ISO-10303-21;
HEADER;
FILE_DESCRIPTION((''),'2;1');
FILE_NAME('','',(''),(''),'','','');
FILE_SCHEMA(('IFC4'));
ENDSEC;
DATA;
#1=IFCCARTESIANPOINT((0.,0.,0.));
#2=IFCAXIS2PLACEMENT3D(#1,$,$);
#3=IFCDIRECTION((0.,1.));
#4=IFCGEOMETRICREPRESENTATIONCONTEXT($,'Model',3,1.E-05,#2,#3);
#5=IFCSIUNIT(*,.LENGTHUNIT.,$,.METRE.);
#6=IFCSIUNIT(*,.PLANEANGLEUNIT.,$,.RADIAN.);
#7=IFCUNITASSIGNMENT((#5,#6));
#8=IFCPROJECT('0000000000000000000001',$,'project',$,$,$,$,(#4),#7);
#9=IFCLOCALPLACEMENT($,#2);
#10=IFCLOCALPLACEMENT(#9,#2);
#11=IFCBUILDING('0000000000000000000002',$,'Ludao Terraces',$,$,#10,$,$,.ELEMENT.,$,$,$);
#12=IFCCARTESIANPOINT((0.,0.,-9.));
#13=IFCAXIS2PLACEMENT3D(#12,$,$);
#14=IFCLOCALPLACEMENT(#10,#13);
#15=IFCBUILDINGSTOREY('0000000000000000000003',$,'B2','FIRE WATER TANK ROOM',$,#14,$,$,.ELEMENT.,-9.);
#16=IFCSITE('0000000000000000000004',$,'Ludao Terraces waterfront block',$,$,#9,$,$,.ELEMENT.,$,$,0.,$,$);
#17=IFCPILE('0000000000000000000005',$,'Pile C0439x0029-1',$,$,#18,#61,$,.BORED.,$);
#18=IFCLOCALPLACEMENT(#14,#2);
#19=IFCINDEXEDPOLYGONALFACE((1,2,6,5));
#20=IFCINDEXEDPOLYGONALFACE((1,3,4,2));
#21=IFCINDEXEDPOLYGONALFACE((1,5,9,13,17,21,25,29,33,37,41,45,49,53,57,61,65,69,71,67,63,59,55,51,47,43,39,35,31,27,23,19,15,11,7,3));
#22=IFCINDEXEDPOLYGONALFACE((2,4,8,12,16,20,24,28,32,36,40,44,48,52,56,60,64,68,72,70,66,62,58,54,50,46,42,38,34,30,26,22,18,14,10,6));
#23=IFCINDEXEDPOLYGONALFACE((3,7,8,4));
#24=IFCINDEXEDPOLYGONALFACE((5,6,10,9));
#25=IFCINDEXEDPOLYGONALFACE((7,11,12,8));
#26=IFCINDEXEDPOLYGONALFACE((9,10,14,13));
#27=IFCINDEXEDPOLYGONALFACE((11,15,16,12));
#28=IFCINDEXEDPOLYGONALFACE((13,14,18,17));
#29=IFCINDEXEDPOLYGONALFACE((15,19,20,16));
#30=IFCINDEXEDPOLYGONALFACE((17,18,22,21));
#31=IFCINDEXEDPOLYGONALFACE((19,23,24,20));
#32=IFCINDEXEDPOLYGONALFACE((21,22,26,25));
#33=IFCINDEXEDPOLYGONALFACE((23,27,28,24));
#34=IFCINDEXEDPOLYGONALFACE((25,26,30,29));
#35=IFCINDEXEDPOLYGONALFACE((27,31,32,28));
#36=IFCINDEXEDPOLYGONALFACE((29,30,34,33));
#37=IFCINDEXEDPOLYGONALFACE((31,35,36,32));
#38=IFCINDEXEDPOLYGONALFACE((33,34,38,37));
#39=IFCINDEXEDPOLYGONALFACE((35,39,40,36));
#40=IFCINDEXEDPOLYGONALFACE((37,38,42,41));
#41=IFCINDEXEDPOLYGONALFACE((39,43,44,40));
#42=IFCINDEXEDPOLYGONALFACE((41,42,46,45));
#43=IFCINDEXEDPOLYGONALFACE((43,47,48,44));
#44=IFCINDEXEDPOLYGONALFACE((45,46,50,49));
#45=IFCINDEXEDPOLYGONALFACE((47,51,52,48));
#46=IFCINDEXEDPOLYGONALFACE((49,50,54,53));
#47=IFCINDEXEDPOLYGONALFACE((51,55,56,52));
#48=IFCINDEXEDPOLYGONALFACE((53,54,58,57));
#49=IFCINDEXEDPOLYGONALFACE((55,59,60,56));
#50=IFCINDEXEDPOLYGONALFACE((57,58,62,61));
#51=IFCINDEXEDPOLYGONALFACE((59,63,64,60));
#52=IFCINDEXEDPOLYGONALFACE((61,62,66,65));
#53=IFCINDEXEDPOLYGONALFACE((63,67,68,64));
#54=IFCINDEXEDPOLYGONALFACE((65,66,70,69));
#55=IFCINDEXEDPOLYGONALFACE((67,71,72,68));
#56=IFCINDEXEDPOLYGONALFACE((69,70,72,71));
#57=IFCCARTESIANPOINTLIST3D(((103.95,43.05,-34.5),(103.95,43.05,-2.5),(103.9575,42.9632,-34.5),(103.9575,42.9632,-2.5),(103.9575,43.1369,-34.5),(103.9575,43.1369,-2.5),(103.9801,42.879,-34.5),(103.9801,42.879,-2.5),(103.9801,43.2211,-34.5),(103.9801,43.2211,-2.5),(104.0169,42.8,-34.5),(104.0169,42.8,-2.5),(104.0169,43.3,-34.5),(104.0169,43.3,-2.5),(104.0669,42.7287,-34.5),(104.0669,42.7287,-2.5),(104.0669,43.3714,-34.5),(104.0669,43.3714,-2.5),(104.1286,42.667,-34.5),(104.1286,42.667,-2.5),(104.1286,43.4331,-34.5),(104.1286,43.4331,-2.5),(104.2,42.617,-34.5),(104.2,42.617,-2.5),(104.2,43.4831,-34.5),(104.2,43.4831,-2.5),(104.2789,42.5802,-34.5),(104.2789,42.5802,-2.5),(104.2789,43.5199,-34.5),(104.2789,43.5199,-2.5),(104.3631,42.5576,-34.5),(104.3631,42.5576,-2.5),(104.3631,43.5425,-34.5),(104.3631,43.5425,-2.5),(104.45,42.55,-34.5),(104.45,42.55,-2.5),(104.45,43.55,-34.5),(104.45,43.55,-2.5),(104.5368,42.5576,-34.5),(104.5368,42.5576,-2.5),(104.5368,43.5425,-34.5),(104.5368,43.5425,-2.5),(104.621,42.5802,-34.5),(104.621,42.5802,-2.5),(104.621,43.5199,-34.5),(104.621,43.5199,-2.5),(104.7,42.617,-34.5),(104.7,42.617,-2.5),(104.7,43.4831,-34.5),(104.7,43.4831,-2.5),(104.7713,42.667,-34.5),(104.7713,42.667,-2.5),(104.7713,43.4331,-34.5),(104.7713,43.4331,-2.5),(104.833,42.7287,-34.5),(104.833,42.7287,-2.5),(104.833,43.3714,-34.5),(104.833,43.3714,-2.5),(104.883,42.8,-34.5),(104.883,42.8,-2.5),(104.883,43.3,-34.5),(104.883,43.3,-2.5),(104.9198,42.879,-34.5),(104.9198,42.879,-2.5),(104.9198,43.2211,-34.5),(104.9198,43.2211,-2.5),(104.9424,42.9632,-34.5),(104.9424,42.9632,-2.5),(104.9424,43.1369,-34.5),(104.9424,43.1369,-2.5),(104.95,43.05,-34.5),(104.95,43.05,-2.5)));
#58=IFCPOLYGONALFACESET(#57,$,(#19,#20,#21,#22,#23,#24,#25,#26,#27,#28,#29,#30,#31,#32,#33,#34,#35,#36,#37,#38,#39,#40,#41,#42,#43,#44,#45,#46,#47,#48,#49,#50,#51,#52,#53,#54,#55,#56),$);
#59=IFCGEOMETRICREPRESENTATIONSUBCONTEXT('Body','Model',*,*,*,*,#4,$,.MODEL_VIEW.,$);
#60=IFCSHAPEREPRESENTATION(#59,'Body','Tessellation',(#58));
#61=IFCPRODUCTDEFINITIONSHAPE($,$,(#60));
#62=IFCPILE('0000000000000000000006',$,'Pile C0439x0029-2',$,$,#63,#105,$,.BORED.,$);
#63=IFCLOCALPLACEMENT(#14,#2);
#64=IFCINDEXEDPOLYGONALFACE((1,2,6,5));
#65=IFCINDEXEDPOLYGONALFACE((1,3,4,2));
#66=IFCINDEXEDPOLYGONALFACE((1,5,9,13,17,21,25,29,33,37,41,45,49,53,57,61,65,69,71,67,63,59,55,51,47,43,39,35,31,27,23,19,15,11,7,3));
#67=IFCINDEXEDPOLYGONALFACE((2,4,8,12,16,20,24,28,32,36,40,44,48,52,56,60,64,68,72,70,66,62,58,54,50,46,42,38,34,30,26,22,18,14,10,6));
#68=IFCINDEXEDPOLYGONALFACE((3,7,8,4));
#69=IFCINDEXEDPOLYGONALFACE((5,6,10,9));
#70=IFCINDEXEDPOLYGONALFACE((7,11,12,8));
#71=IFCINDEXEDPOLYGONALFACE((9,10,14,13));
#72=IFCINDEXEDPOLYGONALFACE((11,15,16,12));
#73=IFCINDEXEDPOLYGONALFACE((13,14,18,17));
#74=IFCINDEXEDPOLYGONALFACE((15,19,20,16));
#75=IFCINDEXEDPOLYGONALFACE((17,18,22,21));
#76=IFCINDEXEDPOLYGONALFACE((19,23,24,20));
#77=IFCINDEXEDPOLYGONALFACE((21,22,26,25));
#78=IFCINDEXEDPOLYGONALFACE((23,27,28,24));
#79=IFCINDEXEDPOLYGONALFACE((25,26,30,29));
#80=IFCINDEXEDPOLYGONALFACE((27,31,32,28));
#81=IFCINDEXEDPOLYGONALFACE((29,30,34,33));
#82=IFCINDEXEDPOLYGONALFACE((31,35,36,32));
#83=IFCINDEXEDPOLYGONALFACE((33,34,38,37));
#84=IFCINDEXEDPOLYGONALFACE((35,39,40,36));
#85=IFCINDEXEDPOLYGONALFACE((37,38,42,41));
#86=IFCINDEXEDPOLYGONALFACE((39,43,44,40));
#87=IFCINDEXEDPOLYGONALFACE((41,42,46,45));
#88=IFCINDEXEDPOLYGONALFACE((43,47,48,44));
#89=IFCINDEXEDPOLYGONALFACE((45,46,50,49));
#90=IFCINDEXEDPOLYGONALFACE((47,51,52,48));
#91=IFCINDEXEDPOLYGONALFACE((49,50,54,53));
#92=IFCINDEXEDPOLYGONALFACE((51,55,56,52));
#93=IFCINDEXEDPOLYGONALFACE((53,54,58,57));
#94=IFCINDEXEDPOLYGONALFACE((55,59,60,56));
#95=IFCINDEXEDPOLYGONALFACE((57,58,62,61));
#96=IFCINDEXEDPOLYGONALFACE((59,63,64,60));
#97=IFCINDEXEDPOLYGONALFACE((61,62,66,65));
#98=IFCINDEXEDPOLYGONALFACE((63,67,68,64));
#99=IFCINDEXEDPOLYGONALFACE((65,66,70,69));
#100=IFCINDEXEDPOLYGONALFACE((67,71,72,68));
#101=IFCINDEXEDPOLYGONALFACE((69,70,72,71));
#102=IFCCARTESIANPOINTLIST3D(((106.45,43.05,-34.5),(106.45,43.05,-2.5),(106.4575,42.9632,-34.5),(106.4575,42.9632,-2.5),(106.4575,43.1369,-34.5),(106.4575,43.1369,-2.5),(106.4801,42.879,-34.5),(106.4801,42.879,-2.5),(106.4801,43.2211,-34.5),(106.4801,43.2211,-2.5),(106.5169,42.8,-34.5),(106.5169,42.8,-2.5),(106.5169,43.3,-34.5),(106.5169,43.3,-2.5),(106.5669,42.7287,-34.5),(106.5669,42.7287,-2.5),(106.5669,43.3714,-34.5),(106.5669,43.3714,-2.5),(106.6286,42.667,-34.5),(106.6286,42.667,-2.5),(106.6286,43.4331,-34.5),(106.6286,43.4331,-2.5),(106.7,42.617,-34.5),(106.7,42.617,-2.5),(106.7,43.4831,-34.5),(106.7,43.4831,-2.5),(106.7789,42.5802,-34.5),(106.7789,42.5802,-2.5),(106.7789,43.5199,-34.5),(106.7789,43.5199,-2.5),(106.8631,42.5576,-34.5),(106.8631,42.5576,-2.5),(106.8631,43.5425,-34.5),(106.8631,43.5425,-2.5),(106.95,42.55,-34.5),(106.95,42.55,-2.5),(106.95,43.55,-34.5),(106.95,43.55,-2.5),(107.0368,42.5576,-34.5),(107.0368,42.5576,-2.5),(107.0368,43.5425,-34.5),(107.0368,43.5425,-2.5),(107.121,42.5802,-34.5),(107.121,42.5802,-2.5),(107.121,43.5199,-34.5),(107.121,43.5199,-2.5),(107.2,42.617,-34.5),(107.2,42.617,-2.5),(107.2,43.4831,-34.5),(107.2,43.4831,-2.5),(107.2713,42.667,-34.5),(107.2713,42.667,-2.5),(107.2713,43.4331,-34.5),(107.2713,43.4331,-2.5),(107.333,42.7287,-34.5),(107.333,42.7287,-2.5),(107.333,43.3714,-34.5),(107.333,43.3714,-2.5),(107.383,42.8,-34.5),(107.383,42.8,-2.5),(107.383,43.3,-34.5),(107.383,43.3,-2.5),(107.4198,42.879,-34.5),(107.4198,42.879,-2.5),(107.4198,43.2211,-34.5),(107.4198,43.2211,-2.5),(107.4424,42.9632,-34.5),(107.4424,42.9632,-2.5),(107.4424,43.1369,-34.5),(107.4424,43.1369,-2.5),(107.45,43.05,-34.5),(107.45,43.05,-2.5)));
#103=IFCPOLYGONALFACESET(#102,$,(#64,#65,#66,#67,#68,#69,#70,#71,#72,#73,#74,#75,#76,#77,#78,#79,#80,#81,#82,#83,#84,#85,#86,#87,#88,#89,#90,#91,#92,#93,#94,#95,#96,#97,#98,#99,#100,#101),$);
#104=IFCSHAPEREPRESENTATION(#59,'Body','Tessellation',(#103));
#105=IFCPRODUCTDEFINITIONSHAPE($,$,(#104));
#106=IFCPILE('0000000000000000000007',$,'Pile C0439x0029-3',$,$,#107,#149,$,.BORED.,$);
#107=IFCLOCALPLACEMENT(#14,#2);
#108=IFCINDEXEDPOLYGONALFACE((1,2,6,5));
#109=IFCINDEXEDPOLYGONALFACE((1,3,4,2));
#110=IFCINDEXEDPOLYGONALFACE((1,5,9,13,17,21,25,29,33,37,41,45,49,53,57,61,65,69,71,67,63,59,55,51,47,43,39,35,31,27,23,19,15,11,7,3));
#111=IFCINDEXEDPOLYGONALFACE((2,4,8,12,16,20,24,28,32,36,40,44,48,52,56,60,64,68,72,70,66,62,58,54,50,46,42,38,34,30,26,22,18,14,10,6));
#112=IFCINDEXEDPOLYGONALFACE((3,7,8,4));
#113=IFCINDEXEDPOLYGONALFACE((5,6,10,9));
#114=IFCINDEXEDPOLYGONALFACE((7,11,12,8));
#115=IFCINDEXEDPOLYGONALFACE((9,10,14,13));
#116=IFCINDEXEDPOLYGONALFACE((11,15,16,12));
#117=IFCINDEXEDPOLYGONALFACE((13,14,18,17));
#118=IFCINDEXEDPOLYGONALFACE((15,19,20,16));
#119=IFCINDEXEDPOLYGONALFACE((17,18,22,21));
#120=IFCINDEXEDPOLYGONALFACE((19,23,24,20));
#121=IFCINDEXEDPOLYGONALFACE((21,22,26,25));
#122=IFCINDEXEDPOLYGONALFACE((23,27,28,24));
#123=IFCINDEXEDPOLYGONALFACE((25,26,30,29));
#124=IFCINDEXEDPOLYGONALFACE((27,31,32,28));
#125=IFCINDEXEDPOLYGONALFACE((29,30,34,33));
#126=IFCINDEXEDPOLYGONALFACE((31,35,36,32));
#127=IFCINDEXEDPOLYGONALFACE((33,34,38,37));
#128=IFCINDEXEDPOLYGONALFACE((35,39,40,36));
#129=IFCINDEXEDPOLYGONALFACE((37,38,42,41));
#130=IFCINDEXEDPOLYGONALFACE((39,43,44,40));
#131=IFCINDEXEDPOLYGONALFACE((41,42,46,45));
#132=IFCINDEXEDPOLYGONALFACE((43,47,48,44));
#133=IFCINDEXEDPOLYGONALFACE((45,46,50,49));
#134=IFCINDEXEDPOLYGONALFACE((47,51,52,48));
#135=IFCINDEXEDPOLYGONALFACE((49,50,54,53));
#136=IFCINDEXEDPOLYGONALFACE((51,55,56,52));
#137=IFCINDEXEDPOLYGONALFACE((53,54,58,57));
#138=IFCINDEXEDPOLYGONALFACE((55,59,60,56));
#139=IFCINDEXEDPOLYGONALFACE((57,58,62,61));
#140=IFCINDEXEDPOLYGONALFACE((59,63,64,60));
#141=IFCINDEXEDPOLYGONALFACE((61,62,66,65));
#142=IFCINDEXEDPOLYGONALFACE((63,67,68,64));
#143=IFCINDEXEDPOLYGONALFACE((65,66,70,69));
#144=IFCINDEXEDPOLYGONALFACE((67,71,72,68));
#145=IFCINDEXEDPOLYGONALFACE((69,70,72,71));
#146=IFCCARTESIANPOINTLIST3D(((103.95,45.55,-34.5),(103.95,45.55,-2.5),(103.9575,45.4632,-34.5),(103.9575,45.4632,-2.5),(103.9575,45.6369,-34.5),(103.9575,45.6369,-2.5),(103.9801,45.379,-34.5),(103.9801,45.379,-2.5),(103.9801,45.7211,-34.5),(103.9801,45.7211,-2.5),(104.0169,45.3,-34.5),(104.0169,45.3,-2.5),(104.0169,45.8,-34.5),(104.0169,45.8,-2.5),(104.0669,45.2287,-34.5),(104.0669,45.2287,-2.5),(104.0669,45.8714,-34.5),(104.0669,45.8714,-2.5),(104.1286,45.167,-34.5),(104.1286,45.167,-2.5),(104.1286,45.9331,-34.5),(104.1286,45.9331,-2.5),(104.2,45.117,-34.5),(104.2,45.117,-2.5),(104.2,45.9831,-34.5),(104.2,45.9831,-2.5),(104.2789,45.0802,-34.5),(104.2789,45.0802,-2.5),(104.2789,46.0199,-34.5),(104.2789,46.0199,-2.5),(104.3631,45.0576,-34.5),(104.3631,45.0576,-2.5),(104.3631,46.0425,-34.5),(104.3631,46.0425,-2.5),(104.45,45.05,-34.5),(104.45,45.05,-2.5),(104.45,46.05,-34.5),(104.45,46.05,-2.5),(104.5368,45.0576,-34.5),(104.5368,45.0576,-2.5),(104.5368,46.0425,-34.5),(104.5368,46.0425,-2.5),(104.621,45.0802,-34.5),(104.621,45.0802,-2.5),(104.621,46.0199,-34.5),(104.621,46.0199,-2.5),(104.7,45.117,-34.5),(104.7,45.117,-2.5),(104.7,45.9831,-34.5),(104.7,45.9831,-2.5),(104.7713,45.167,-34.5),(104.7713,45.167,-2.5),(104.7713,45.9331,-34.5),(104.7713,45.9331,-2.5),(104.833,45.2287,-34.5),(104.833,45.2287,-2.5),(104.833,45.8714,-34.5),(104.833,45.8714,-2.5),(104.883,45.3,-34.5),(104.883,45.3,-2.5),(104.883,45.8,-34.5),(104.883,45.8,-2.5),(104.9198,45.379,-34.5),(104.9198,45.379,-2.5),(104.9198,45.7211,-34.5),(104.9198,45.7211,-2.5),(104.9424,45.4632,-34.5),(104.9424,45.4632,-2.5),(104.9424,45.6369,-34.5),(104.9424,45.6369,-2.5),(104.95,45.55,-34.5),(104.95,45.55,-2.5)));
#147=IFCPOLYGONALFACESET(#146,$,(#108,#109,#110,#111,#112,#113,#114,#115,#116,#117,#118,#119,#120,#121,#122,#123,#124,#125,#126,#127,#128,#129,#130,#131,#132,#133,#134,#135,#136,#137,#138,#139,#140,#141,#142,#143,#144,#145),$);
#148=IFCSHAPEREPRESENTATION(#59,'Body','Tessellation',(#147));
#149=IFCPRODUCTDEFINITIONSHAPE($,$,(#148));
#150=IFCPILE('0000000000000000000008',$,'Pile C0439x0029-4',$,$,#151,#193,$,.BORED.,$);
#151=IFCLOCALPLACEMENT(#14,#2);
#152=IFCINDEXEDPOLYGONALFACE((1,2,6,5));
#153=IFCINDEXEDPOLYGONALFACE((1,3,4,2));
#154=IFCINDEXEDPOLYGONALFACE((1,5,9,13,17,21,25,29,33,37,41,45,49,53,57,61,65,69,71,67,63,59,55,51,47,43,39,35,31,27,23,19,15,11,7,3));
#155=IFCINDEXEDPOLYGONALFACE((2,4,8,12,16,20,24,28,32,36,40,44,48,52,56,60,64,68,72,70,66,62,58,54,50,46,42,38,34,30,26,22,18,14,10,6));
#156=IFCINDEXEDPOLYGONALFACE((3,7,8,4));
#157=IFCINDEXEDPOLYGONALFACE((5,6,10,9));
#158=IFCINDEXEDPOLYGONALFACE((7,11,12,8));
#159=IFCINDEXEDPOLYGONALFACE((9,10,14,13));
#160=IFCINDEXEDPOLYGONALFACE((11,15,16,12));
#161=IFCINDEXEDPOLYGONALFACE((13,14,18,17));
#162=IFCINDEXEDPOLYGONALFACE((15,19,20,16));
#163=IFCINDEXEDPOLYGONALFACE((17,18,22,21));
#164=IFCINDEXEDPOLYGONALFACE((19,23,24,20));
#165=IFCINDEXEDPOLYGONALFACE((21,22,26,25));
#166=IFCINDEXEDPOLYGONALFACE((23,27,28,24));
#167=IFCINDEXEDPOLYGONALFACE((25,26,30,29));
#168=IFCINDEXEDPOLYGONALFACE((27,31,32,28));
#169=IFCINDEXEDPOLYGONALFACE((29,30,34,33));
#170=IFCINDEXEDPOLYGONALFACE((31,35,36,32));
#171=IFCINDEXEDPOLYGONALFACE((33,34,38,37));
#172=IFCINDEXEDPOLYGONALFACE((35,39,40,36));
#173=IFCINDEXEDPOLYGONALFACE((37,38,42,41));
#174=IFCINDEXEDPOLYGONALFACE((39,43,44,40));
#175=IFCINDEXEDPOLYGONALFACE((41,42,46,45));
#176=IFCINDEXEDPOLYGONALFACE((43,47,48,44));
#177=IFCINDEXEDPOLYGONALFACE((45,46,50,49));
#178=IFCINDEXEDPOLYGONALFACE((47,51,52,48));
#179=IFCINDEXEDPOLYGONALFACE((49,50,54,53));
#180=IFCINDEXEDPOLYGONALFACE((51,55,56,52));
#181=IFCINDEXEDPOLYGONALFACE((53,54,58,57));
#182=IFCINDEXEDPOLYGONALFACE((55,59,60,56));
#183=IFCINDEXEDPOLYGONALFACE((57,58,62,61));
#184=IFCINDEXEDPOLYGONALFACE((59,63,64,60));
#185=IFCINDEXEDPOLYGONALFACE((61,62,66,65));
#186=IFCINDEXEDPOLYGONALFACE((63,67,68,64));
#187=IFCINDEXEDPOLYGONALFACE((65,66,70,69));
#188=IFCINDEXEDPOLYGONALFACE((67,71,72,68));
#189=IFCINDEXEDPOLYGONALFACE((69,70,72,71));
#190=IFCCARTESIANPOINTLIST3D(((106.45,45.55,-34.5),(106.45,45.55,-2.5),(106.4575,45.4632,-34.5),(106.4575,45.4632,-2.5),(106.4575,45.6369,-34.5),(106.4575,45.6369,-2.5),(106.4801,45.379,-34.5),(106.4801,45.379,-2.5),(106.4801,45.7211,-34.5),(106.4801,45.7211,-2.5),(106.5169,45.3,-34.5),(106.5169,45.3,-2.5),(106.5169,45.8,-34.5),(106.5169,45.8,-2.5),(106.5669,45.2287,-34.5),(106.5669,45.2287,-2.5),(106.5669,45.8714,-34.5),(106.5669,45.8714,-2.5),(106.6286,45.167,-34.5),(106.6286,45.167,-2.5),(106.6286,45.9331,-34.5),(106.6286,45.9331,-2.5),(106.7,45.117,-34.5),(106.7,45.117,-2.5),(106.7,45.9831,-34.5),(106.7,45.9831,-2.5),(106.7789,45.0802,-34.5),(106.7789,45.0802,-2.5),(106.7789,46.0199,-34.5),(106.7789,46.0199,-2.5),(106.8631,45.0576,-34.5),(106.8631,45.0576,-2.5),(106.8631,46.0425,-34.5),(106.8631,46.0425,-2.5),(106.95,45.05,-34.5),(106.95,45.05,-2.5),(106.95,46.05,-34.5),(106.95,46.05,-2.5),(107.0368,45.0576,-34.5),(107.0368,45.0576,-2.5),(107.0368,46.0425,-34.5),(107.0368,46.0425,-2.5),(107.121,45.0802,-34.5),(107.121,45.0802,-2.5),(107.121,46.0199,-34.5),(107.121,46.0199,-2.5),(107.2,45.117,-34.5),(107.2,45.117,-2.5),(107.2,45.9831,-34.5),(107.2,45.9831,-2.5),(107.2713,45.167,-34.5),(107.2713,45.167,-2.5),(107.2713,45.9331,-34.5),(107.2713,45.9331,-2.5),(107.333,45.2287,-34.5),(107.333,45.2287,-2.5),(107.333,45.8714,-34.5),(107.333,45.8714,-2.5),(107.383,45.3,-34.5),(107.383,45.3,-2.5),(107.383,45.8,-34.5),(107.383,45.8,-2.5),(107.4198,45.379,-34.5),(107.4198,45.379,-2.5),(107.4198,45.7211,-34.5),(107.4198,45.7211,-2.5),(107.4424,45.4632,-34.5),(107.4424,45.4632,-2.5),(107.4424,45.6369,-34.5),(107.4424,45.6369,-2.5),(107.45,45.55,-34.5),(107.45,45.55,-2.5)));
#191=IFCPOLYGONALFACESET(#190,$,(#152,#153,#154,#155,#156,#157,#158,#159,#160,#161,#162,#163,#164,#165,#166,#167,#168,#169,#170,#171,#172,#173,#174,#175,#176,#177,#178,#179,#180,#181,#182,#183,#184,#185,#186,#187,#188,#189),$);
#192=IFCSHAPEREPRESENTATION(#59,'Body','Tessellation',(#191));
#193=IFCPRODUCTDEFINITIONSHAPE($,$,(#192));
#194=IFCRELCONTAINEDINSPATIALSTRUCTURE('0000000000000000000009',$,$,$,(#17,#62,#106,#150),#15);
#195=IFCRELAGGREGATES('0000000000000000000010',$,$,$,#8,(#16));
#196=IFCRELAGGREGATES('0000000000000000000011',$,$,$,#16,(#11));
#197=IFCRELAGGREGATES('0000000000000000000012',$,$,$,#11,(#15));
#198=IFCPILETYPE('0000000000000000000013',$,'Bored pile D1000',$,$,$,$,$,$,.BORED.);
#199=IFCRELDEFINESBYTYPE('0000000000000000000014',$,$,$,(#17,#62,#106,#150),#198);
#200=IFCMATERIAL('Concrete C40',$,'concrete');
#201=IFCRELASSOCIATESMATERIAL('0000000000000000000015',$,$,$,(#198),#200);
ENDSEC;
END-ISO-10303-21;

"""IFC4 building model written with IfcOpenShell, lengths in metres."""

from ifc_helpers import new_model, si_unit, direction, frame, origin, origin_2d, place, context, subcontext, project, spatial, circle, extrude, material, material_profile, profile_set, type_object, element, save


model = new_model("IFC4")

# Units and contexts
model_context = context("Model", 3, precision=1e-05, world=origin(), true_north=direction((0.0, 1.0)))
body_context = subcontext(model_context, "Body", "Model", "MODEL_VIEW")
ifc_project = project(units=[si_unit("LENGTHUNIT", "METRE"), si_unit("PLANEANGLEUNIT", "RADIAN")], contexts=[model_context])

# Site, building, storey
site_placement = place(None, origin())
site = spatial("IfcSite", under=ifc_project, at=site_placement, Name="Ludao Terraces waterfront block", CompositionType="ELEMENT", RefElevation=0.0)
building_placement = place(site_placement, origin())
building = spatial("IfcBuilding", under=site, at=building_placement, Name="Ludao Terraces", CompositionType="ELEMENT")
storey_placement = place(building_placement, frame((0.0, 0.0, -9.0)))
storey = spatial("IfcBuildingStorey", under=building, at=storey_placement, Name="B2", Description="FIRE WATER TANK ROOM", CompositionType="ELEMENT", Elevation=-9.0)

# Piles
ifc_material_1 = material(Name="Concrete C40", Category="concrete")
ifc_material_profile_1 = material_profile(ifc_material_1, circle(Radius=0.5, at=origin_2d()), Name="D1000 BORED PILE")
ifc_profile_set_1 = profile_set([ifc_material_profile_1], Name="Concrete C40")
pile_type = type_object("IfcPileType", Name="Bored pile D1000", PredefinedType="BORED", material=ifc_profile_set_1)
for number, where, z_axis, x_axis, name in (
    (1, (104.45, 43.05, -2.5), (0.0, 0.0, -1.0), (1.0, 0.0, 0.0), "Pile C0439x0029-1"),
    (2, (106.95, 43.05, -2.5), (0.0, 0.0, -1.0), (1.0, 0.0, 0.0), "Pile C0439x0029-2"),
    (3, (104.45, 45.55, -2.5), (0.0, 0.0, -1.0), (1.0, 0.0, 0.0), "Pile C0439x0029-3"),
    (4, (106.95, 45.55, -2.5), (0.0, 0.0, -1.0), (1.0, 0.0, 0.0), "Pile C0439x0029-4"),
):
    element("IfcPile", number, at=place(storey_placement, frame(where, z_axis=z_axis, x_axis=x_axis)), inside=storey, type_object=pile_type, Name=name, PredefinedType="BORED", context=body_context, shape_type="SweptSolid", body=[
        extrude(circle(Radius=0.5, at=origin_2d()), origin(), (0.0, 0.0, 1.0), 32.0),
    ])

save(model, "model.ifc")
